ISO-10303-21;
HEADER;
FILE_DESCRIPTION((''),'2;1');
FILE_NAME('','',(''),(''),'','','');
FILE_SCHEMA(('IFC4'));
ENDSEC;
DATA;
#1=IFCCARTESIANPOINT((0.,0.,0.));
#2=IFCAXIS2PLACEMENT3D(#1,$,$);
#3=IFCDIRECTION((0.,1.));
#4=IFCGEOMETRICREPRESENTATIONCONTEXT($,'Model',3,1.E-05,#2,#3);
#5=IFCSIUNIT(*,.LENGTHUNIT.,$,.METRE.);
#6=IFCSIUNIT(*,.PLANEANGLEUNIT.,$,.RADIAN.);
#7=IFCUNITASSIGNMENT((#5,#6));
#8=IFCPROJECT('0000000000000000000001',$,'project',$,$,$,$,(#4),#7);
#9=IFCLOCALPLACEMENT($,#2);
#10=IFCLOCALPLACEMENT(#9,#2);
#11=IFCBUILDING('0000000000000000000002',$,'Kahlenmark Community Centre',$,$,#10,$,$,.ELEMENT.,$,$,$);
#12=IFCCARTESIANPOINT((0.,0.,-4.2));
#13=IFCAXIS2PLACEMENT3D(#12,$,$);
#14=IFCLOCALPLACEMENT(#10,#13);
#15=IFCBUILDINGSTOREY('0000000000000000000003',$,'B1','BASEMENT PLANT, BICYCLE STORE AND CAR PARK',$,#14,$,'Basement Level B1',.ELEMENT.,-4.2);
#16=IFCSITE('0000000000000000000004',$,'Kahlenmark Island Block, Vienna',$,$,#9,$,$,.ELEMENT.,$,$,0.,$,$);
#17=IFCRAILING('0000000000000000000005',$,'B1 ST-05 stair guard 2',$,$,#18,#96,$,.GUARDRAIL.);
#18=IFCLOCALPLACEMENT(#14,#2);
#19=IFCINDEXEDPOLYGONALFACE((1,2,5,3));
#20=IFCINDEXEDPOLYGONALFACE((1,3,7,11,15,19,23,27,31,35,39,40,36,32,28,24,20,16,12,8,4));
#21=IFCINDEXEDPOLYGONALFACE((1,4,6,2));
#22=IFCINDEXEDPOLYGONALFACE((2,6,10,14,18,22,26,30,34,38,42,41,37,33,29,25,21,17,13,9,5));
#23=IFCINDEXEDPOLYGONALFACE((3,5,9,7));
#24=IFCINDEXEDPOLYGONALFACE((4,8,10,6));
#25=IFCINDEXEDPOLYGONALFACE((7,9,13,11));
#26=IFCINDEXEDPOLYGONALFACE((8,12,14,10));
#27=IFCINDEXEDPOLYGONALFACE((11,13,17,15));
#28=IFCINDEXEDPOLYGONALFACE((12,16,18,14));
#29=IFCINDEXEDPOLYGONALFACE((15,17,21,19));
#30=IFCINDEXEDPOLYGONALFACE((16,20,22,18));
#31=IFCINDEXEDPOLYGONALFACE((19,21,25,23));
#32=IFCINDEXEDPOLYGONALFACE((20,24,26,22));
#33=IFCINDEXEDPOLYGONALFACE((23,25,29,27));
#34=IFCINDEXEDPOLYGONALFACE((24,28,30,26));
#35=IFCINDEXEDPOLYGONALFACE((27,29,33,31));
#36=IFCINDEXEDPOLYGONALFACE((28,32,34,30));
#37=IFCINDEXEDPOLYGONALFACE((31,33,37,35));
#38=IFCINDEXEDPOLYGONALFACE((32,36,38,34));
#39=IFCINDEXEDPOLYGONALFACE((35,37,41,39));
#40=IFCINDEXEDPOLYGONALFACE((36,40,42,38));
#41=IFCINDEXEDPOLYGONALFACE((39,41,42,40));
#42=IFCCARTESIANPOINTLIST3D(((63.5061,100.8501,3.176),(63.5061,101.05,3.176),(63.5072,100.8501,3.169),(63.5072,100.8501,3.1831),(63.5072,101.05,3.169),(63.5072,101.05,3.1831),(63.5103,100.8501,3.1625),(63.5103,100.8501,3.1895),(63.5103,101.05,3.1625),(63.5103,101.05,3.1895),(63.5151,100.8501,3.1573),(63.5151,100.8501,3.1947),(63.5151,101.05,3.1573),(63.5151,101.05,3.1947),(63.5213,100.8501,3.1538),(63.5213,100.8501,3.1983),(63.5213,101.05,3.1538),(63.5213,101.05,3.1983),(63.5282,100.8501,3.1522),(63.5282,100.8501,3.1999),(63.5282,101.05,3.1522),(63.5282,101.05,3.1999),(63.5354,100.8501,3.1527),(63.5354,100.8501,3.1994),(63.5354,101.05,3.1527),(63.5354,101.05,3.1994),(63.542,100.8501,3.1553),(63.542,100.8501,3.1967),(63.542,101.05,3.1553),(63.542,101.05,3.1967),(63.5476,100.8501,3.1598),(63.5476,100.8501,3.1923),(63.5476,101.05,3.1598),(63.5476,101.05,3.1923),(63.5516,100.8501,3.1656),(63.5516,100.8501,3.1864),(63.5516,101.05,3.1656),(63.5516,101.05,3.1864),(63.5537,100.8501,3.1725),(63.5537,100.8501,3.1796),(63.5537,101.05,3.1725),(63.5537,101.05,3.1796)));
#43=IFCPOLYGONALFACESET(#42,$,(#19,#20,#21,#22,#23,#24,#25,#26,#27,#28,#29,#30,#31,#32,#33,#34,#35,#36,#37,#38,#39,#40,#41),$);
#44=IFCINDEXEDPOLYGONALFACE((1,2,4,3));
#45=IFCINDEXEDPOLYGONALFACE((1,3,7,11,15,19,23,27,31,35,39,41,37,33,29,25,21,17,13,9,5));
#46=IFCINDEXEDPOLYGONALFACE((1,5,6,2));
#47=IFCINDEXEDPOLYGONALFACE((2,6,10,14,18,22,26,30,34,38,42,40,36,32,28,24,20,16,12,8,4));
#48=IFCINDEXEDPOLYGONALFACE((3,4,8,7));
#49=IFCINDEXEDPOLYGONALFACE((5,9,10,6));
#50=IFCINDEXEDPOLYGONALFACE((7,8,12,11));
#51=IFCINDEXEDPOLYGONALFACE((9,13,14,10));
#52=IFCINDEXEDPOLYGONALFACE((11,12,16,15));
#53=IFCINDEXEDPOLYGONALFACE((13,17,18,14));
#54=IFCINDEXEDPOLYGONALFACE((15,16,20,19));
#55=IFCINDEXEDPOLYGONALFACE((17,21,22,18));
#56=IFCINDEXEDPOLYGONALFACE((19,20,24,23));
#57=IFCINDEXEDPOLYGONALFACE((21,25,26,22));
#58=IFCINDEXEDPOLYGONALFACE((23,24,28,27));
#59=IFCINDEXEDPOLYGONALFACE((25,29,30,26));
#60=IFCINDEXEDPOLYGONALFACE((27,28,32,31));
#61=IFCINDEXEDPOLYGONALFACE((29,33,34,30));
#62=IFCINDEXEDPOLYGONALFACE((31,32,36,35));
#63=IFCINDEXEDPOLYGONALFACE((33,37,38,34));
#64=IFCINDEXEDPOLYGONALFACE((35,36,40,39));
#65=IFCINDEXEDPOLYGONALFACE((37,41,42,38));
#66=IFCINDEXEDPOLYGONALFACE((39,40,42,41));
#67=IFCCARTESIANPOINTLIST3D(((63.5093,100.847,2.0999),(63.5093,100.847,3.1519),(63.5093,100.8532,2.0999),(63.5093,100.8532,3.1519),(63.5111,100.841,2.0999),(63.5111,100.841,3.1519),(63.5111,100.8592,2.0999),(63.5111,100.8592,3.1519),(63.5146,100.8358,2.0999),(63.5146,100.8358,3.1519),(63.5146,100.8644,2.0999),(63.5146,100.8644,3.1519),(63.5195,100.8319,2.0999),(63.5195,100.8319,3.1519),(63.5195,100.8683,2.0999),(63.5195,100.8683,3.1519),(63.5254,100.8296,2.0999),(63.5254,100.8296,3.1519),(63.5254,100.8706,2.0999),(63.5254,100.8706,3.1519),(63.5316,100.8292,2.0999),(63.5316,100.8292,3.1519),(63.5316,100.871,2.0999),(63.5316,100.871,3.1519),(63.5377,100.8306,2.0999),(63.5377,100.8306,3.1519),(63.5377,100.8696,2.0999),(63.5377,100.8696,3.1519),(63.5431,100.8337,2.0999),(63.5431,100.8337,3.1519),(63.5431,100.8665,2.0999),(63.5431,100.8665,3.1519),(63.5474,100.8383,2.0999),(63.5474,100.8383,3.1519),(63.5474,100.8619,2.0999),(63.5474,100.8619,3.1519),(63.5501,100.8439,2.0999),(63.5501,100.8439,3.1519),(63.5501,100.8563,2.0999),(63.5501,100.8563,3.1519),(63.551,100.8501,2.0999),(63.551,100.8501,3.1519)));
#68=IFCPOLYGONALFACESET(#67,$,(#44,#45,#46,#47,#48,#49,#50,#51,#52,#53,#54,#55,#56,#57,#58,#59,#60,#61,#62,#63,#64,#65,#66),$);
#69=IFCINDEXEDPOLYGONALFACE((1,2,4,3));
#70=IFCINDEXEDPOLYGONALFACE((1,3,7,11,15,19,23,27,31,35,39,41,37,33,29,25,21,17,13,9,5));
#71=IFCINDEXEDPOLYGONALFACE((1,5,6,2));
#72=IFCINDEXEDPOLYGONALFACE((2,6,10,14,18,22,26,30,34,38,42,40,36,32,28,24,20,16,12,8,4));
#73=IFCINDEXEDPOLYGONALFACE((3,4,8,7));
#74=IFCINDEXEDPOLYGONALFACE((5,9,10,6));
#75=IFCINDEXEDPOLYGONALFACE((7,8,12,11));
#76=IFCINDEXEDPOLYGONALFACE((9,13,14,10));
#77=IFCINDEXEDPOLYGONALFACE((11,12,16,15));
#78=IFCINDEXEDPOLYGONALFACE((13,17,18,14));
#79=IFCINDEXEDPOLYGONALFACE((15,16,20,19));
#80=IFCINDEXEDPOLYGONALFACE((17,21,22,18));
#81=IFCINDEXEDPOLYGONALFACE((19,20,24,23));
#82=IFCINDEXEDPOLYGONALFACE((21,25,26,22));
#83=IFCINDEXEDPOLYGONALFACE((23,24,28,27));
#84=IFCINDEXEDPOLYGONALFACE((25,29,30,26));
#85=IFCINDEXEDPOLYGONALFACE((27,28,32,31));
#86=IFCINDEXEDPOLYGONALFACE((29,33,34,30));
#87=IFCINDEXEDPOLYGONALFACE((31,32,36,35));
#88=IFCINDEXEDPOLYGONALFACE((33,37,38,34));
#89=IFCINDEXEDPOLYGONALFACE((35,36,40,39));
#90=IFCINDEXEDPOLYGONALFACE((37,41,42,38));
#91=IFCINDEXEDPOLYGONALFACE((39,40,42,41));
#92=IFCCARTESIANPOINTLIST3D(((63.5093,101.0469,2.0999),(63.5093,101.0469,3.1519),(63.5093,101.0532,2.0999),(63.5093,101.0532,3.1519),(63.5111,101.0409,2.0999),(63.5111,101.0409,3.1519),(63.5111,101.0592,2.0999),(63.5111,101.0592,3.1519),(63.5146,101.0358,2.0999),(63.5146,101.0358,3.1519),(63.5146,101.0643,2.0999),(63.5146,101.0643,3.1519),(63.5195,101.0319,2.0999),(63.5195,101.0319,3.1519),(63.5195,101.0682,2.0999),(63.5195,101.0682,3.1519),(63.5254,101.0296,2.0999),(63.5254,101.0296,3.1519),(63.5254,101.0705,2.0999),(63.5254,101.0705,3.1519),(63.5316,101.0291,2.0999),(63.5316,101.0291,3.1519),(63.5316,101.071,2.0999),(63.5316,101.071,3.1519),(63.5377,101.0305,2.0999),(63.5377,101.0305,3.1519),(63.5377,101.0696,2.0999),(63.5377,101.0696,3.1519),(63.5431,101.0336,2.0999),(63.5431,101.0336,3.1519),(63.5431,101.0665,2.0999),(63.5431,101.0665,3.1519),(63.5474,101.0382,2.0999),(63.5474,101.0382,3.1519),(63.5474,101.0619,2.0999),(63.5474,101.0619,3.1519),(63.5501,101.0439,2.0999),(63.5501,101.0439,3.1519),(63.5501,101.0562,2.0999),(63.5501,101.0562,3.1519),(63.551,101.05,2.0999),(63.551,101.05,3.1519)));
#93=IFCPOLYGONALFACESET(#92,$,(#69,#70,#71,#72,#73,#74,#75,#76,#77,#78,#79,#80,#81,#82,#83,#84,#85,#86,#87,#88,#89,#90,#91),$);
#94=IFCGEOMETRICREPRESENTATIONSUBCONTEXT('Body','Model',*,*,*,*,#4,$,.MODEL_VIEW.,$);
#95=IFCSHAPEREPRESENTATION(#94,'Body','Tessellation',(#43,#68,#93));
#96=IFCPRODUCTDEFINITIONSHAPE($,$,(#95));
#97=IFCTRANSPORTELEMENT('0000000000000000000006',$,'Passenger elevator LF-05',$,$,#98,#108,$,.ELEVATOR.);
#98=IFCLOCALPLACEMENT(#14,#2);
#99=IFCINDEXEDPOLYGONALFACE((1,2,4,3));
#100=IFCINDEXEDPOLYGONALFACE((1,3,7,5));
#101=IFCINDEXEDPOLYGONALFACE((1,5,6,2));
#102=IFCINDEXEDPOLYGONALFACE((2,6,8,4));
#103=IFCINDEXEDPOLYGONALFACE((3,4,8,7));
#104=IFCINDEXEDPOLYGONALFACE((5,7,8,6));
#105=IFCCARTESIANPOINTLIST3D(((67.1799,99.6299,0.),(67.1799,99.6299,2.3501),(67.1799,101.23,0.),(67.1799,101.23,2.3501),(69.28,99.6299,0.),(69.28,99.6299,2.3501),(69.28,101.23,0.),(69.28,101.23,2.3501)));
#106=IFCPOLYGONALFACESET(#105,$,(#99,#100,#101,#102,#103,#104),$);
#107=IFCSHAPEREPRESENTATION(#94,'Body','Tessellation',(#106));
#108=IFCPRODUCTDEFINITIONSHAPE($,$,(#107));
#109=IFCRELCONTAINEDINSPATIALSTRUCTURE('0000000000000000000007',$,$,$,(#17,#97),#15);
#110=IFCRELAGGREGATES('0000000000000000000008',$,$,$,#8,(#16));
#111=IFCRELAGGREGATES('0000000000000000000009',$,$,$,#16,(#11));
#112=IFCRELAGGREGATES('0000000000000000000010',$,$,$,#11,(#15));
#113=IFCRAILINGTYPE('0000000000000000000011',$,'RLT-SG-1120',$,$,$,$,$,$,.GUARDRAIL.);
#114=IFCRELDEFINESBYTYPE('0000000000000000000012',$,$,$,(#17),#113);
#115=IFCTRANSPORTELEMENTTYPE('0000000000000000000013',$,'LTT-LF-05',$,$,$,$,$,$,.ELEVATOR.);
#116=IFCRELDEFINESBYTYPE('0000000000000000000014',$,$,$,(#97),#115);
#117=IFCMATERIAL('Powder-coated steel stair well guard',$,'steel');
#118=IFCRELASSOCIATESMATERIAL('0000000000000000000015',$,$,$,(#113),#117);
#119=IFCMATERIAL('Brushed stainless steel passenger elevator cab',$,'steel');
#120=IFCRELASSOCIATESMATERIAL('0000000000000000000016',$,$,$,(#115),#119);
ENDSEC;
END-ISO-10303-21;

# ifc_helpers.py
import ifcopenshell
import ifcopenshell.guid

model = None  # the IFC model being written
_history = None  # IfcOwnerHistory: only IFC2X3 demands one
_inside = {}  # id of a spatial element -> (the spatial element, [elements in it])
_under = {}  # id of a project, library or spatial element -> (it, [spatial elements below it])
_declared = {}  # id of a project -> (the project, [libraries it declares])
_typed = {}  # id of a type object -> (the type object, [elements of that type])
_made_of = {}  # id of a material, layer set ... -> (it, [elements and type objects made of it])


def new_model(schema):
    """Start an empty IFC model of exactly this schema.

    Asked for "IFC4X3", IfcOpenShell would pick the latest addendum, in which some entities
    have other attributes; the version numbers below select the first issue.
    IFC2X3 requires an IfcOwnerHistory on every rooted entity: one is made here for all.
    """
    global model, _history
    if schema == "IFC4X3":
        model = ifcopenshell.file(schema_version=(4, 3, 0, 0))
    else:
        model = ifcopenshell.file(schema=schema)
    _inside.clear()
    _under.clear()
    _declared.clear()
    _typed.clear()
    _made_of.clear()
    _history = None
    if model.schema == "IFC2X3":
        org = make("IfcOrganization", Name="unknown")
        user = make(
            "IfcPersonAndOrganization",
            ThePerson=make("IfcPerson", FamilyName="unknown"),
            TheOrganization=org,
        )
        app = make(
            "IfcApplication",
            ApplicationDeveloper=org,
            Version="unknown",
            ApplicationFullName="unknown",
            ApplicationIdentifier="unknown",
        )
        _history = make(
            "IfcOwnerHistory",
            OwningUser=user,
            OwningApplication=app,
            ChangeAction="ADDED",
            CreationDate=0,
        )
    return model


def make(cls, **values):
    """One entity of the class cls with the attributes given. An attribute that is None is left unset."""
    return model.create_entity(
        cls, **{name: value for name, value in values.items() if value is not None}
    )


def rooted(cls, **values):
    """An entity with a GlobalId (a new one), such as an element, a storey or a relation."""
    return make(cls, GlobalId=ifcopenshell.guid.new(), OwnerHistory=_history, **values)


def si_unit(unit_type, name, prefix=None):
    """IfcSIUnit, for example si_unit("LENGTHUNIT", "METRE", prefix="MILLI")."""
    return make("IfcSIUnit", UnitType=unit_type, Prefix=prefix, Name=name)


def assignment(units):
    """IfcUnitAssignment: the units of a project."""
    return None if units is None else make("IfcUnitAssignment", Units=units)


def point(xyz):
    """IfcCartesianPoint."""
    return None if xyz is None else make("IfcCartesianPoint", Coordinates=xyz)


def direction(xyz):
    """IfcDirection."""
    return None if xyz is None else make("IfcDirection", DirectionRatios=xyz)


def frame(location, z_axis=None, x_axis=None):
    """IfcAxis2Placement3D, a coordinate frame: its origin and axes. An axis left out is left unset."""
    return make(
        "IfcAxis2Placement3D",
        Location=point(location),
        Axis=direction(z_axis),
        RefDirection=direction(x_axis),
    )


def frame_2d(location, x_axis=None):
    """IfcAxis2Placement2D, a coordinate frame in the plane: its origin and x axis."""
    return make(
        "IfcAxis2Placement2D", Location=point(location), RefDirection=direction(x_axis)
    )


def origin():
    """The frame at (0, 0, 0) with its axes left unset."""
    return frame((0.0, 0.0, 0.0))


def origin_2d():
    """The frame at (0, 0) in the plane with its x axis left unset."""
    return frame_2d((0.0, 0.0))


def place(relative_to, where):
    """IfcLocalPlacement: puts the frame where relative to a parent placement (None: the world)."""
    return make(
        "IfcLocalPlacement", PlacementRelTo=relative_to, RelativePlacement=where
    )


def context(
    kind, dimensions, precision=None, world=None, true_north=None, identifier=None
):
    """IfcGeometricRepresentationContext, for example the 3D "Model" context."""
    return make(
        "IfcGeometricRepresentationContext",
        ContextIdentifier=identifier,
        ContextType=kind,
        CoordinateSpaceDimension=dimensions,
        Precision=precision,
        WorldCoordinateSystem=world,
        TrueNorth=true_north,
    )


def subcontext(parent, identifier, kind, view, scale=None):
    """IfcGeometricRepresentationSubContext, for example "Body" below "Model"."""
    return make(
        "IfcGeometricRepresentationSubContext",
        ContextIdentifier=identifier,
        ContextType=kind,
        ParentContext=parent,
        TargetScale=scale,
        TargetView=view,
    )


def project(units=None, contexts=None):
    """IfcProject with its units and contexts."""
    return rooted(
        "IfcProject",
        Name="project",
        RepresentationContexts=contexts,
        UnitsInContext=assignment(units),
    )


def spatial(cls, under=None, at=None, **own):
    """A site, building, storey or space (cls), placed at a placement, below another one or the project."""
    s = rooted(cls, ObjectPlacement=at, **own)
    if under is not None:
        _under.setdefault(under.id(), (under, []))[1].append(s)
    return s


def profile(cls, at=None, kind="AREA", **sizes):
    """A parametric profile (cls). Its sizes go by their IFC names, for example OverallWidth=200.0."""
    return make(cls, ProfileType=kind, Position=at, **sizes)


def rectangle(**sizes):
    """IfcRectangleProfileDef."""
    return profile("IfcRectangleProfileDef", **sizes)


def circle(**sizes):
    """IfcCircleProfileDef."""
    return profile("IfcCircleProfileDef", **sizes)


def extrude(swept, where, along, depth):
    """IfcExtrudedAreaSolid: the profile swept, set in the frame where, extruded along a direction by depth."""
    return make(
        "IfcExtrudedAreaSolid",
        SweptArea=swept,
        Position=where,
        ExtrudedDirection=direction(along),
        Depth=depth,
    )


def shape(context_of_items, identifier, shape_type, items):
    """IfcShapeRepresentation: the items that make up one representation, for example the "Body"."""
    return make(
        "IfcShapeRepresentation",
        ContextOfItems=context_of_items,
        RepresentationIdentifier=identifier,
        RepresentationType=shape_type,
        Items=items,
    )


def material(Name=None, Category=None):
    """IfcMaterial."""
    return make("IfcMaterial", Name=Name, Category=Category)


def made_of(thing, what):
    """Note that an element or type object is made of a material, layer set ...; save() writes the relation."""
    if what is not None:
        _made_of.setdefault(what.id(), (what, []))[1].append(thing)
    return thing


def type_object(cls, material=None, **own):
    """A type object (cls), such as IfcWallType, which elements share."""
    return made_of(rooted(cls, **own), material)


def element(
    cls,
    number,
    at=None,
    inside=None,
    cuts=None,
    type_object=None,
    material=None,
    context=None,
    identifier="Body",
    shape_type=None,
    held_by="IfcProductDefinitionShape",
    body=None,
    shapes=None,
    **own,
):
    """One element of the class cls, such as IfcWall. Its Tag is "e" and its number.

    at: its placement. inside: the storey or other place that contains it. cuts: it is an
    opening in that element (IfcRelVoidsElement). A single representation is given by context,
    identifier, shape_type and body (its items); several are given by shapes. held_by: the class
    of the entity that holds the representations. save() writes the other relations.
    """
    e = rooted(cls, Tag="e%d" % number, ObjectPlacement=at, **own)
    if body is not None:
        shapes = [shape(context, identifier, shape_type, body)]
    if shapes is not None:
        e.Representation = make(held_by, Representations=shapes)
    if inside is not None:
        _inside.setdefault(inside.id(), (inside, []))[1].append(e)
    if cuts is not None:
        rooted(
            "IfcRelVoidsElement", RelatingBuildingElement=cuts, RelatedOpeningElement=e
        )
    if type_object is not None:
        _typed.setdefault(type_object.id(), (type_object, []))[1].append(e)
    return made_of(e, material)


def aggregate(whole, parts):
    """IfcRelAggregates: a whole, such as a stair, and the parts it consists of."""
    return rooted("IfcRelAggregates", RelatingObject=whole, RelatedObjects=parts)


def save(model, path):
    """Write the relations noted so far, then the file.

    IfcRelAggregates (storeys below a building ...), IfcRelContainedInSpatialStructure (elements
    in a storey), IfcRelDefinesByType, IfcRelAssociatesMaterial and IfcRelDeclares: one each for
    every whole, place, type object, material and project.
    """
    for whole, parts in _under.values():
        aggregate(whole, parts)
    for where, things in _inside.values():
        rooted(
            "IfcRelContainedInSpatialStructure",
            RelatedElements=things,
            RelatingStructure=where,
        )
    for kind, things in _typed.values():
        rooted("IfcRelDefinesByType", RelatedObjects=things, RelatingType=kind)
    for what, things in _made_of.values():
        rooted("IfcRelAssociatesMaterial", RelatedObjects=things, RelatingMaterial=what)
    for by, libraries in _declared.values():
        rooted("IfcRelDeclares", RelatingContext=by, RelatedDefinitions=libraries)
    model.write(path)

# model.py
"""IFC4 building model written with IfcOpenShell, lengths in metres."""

from ifc_helpers import new_model, si_unit, direction, frame, origin, origin_2d, place, context, subcontext, project, spatial, rectangle, circle, extrude, material, type_object, element, save


model = new_model("IFC4")

# Units and contexts
model_context = context("Model", 3, precision=1e-05, world=origin(), true_north=direction((0.0, 1.0)))
body_context = subcontext(model_context, "Body", "Model", "MODEL_VIEW")
ifc_project = project(units=[si_unit("LENGTHUNIT", "METRE"), si_unit("PLANEANGLEUNIT", "RADIAN")], contexts=[model_context])

# Site, building, storey
site_placement = place(None, origin())
site = spatial("IfcSite", under=ifc_project, at=site_placement, Name="Kahlenmark Island Block, Vienna", CompositionType="ELEMENT", RefElevation=0.0)
building_placement = place(site_placement, origin())
building = spatial("IfcBuilding", under=site, at=building_placement, Name="Kahlenmark Community Centre", CompositionType="ELEMENT")
storey_placement = place(building_placement, frame((0.0, 0.0, -4.2)))
storey = spatial("IfcBuildingStorey", under=building, at=storey_placement, Name="B1", Description="BASEMENT PLANT, BICYCLE STORE AND CAR PARK", LongName="Basement Level B1", CompositionType="ELEMENT", Elevation=-4.2)

# Railing
ifc_material_1 = material(Name="Powder-coated steel stair well guard", Category="steel")
railing_type_1 = type_object("IfcRailingType", Name="RLT-SG-1120", PredefinedType="GUARDRAIL", material=ifc_material_1)
railing_1_placement = place(storey_placement, frame((63.53, 100.8501, 2.0999)))
element("IfcRailing", 1, at=railing_1_placement, inside=storey, type_object=railing_type_1, Name="B1 ST-05 stair guard 2", PredefinedType="GUARDRAIL", context=body_context, shape_type="SweptSolid", body=[
    extrude(circle(Radius=0.0239, at=origin_2d()), frame((0.0, 0.0, 1.0762), z_axis=(0.0, 1.0, 0.0), x_axis=(-1.0, 0.0, 0.0)), (0.0, 0.0, 1.0), 0.2),
    extrude(circle(Radius=0.021, at=origin_2d()), origin(), (0.0, 0.0, 1.0), 1.052),
    extrude(circle(Radius=0.021, at=origin_2d()), frame((0.0, 0.2, 0.0)), (0.0, 0.0, 1.0), 1.052),
])

# Transport element
ifc_material_2 = material(Name="Brushed stainless steel passenger elevator cab", Category="steel")
transport_element_type = type_object("IfcTransportElementType", Name="LTT-LF-05", PredefinedType="ELEVATOR", material=ifc_material_2)
transport_element_placement = place(storey_placement, frame((68.23, 100.4299, 0.0), z_axis=(0.0, 0.0, 1.0), x_axis=(1.0, 0.0, 0.0)))
element("IfcTransportElement", 2, at=transport_element_placement, inside=storey, type_object=transport_element_type, Name="Passenger elevator LF-05", PredefinedType="ELEVATOR", context=body_context, shape_type="SweptSolid", body=[
    extrude(rectangle(XDim=2.1001, YDim=1.6001, at=origin_2d()), origin(), (0.0, 0.0, 1.0), 2.3501),
])

save(model, "model.ifc")
